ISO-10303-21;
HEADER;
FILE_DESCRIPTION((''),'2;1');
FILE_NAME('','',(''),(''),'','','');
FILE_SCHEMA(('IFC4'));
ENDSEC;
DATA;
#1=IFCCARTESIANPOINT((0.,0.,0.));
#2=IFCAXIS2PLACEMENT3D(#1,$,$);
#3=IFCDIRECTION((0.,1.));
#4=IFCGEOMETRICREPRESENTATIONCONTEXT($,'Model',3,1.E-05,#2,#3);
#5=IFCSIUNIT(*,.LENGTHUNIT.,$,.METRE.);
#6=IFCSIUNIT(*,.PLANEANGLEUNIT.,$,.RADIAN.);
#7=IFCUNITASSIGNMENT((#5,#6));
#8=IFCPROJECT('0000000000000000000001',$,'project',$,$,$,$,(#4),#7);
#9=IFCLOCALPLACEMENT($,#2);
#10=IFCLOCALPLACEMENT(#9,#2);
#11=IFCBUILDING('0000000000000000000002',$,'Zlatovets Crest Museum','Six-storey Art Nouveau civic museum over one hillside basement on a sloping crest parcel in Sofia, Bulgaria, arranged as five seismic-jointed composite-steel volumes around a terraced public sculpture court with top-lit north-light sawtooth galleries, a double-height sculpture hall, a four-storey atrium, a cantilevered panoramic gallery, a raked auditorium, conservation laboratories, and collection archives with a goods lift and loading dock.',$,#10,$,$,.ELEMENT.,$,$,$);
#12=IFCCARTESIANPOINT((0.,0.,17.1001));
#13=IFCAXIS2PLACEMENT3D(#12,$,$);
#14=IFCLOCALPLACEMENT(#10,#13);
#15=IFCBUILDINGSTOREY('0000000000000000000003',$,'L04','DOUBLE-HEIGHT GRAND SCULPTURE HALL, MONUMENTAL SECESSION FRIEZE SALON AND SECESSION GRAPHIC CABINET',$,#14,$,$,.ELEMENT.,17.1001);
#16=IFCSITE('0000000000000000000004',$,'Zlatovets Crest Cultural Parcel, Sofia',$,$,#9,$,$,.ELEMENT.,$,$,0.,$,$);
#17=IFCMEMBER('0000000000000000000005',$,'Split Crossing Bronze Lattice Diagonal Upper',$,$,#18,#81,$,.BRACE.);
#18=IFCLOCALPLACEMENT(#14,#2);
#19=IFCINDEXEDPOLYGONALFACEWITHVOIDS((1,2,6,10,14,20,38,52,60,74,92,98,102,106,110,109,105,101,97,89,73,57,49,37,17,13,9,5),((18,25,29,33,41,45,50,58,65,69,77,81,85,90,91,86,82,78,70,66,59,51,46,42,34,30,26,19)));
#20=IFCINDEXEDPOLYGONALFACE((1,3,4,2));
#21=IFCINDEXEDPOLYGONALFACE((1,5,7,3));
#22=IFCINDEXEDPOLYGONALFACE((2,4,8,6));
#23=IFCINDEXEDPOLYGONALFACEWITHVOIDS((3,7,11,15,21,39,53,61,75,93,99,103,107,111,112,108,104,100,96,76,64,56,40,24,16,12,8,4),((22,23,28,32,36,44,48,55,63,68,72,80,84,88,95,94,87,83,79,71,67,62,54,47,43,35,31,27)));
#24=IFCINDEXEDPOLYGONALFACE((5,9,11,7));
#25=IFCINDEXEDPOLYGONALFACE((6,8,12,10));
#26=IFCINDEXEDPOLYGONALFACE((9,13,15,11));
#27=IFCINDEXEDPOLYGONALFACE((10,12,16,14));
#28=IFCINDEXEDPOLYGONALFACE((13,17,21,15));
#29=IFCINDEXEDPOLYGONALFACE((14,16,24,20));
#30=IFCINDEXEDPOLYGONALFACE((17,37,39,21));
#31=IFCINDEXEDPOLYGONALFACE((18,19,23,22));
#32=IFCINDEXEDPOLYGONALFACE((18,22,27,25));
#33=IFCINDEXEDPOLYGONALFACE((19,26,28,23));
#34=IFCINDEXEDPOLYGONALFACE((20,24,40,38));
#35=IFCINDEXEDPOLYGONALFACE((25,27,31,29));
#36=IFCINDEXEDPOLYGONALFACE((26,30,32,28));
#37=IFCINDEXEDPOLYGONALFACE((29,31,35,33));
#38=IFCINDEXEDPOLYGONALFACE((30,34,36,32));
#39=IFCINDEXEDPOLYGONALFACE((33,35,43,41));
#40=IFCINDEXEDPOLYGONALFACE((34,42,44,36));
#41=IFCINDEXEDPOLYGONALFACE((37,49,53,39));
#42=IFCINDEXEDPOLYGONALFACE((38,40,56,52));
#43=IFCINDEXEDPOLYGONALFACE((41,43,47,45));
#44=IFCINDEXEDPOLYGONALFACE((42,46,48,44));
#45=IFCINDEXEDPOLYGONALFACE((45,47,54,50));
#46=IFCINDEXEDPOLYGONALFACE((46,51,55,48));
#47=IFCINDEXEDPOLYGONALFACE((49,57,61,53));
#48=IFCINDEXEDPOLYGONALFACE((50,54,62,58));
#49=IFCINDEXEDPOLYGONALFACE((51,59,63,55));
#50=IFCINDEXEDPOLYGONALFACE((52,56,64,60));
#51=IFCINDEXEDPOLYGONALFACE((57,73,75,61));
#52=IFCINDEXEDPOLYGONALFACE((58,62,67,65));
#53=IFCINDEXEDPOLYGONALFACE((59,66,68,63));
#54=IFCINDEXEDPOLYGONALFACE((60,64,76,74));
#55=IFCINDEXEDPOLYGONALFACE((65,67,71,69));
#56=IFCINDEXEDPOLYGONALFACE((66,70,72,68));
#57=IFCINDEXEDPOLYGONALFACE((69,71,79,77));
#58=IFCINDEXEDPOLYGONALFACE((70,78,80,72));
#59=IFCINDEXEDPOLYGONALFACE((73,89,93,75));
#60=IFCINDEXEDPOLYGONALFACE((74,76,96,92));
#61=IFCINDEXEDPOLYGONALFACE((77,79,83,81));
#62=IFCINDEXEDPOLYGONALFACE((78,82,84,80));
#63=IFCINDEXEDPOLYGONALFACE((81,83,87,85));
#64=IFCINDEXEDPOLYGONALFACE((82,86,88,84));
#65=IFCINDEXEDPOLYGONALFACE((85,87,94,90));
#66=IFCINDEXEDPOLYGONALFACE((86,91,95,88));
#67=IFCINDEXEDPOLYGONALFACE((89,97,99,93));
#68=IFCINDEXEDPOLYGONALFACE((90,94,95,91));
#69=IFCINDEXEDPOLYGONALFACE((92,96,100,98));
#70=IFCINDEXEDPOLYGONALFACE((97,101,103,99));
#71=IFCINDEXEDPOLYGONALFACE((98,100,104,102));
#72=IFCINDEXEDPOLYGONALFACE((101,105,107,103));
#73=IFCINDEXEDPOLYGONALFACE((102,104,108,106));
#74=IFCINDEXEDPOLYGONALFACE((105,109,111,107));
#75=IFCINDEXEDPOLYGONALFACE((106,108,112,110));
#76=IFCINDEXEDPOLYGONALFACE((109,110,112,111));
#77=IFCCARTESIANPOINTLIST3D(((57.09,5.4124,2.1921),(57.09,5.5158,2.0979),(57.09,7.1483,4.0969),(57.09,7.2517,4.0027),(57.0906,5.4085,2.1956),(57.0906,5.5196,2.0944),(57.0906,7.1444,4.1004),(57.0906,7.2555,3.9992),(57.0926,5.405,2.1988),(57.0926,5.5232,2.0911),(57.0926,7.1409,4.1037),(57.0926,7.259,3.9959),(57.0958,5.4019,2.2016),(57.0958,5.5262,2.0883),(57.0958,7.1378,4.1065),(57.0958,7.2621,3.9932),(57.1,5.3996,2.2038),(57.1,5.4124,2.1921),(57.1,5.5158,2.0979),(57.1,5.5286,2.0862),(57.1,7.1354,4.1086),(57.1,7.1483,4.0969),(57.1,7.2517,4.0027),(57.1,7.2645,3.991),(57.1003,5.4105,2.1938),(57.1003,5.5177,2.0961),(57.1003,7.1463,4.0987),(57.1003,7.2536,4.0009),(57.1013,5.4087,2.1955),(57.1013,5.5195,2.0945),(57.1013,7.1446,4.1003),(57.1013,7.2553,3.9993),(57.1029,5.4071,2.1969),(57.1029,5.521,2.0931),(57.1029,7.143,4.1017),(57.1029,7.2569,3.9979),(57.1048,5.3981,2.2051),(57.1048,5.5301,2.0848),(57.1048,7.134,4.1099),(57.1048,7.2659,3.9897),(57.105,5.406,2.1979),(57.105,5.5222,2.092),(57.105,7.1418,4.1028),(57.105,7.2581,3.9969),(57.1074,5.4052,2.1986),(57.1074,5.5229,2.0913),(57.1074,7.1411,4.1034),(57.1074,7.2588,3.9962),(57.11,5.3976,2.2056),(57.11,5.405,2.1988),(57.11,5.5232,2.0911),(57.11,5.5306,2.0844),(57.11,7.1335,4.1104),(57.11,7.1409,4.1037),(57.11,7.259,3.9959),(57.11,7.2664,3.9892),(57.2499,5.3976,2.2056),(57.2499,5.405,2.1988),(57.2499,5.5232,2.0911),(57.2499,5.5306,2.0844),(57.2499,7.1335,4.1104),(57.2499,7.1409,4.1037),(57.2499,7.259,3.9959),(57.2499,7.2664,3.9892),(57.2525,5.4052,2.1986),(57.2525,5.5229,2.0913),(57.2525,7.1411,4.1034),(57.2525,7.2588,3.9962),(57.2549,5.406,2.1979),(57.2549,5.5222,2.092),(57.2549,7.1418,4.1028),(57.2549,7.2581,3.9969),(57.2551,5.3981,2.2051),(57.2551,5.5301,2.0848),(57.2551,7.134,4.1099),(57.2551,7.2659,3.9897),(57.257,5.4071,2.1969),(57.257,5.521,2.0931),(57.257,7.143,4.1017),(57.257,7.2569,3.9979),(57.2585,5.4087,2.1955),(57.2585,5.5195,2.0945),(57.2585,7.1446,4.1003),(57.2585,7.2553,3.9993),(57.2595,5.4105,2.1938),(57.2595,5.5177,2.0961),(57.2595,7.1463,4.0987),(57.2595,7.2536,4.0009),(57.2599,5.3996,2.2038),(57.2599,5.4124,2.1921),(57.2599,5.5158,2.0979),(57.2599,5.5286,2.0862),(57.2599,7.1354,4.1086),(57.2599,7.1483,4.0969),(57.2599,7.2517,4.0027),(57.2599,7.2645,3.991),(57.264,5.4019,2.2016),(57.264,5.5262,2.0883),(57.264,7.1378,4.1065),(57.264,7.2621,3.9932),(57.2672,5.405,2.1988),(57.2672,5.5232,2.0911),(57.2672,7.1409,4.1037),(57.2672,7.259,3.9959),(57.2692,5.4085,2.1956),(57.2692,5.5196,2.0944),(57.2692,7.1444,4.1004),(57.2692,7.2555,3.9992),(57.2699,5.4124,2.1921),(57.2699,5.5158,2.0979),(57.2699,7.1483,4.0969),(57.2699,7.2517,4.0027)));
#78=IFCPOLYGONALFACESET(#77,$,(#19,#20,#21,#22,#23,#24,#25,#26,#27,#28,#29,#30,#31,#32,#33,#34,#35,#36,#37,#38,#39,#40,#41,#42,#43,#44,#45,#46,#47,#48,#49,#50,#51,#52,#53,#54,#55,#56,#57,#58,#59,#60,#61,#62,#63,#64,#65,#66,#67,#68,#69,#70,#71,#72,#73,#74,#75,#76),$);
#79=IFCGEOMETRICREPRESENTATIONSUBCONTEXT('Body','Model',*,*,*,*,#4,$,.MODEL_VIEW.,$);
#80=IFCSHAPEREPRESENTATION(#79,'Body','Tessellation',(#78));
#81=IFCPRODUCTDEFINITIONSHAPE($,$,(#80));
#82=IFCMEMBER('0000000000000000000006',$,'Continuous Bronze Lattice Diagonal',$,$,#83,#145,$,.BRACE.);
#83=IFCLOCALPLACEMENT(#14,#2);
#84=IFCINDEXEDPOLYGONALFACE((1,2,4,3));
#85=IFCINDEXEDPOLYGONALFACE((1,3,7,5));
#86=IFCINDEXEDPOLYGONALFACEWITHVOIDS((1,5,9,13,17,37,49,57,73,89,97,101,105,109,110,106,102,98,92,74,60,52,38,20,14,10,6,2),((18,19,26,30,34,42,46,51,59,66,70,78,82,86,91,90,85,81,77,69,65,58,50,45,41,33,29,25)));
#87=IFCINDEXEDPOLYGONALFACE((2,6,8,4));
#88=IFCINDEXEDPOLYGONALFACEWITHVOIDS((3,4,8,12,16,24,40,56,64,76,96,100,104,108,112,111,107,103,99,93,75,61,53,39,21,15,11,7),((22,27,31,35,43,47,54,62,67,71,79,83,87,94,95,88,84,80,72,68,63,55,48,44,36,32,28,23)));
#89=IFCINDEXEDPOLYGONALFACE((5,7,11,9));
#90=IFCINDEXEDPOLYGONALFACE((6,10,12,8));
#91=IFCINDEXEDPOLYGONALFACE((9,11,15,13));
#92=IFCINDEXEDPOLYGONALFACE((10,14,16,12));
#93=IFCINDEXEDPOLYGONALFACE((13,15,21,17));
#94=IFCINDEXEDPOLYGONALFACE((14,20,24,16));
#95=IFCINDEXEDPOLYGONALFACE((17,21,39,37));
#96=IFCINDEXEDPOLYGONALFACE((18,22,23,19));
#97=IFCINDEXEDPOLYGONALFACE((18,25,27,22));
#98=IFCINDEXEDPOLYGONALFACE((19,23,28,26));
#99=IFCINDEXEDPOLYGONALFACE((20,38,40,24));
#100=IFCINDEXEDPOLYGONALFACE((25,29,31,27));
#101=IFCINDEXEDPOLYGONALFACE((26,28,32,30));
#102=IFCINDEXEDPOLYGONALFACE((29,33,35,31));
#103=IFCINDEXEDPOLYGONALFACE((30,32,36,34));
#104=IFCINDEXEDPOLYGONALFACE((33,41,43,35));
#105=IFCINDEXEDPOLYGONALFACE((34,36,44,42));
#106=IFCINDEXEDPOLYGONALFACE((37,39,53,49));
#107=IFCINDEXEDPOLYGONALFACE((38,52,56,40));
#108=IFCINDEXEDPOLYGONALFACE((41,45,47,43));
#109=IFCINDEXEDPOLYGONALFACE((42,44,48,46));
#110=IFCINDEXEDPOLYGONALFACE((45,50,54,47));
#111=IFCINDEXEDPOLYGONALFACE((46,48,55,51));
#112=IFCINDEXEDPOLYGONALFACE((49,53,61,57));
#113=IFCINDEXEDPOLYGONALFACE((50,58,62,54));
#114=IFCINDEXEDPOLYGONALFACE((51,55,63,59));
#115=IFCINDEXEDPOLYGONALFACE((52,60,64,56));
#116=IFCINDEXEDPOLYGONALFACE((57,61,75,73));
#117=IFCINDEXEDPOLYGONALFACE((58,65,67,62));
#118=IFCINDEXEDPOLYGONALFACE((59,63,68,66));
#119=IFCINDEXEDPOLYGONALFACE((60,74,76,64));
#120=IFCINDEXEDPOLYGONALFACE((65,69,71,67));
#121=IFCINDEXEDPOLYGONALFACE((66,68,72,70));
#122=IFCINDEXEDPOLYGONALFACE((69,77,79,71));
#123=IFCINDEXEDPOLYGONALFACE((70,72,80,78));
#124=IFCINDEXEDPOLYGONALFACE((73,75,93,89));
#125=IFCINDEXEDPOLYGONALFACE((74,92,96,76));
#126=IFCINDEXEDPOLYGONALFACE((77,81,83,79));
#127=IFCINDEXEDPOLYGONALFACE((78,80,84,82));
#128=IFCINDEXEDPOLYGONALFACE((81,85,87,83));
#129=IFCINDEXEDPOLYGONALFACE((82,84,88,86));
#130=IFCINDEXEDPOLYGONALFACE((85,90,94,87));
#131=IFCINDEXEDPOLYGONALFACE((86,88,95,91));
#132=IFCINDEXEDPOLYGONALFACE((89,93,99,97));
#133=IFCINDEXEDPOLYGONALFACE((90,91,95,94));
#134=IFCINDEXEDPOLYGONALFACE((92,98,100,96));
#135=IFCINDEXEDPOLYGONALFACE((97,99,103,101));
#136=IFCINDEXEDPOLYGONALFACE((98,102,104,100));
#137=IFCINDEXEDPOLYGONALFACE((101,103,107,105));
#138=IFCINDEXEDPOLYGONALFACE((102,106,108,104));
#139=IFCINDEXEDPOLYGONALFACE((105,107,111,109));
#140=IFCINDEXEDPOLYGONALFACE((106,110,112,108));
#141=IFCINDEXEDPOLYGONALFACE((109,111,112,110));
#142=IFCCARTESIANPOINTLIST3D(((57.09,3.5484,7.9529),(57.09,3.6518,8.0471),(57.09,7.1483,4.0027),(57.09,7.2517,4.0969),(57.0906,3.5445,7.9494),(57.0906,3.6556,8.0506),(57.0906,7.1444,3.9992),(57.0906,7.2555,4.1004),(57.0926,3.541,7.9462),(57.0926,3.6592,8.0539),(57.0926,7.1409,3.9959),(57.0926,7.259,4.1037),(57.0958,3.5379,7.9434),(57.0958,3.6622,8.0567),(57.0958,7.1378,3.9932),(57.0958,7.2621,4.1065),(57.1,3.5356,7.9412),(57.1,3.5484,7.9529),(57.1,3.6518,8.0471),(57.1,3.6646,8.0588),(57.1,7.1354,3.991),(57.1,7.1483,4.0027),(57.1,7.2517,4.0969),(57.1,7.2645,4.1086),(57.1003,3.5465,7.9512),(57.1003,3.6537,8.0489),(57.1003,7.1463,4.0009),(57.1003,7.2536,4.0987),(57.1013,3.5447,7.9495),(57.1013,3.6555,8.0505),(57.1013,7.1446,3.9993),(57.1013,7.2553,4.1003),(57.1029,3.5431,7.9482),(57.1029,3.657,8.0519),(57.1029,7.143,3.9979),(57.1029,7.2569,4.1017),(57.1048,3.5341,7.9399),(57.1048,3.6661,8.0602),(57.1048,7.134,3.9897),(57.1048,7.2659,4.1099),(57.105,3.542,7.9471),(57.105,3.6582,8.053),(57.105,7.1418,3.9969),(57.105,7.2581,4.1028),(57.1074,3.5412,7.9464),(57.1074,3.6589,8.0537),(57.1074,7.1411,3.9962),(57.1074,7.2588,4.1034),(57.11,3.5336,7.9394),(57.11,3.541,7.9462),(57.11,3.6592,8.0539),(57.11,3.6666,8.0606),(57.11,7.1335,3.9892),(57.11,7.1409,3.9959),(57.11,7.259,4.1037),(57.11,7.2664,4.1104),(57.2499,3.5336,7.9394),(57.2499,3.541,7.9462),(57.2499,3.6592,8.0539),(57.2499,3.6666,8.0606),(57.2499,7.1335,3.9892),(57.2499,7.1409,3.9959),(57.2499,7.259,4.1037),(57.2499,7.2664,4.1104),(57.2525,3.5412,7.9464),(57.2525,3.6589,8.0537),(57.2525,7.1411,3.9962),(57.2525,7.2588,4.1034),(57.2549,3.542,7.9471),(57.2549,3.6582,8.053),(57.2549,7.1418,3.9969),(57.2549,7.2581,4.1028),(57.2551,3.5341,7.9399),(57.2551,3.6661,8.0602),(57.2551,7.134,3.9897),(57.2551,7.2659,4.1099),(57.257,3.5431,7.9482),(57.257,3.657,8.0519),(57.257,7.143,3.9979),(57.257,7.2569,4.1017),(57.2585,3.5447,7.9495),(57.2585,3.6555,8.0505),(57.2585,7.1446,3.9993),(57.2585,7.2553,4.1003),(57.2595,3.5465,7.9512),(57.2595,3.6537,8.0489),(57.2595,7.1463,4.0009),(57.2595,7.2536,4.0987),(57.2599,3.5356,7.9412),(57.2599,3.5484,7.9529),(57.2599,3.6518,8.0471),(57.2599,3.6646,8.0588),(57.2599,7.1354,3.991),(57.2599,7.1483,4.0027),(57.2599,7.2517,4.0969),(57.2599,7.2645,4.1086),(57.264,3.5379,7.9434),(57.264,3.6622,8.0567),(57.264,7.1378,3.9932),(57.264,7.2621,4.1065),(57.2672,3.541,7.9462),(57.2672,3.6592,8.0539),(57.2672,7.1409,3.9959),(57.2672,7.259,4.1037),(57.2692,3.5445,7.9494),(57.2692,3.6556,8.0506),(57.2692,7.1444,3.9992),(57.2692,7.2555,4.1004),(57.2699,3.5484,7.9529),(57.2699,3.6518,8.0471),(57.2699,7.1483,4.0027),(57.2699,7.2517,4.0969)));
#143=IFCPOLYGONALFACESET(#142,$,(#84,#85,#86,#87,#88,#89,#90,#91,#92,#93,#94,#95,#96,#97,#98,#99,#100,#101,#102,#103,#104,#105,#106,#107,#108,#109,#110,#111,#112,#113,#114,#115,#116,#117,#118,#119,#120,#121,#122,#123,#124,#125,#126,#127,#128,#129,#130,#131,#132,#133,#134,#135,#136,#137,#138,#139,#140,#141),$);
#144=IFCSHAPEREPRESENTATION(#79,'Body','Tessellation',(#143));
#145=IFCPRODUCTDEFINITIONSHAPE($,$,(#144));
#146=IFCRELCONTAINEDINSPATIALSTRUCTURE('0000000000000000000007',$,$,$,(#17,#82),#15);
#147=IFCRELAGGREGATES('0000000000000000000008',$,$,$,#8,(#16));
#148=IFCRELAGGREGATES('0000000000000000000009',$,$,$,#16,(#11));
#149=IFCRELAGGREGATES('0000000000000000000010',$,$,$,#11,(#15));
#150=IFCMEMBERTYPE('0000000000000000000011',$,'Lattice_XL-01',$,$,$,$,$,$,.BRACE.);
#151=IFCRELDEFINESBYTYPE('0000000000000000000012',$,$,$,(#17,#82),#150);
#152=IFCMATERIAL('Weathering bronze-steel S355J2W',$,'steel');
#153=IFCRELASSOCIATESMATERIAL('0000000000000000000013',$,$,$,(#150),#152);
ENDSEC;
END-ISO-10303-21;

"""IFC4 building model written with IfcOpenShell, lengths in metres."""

from ifc_helpers import new_model, si_unit, direction, frame, origin, origin_2d, place, context, subcontext, project, spatial, hollow_rectangle, extrude, material, material_profile, profile_set, type_object, element, save


model = new_model("IFC4")

# Units and contexts
model_context = context("Model", 3, precision=1e-05, world=origin(), true_north=direction((0.0, 1.0)))
body_context = subcontext(model_context, "Body", "Model", "MODEL_VIEW")
ifc_project = project(units=[si_unit("LENGTHUNIT", "METRE"), si_unit("PLANEANGLEUNIT", "RADIAN")], contexts=[model_context])

# Site, building, storey
site_placement = place(None, origin())
site = spatial("IfcSite", under=ifc_project, at=site_placement, Name="Zlatovets Crest Cultural Parcel, Sofia", CompositionType="ELEMENT", RefElevation=0.0)
building_placement = place(site_placement, origin())
building = spatial("IfcBuilding", under=site, at=building_placement, Name="Zlatovets Crest Museum", Description="Six-storey Art Nouveau civic museum over one hillside basement on a sloping crest parcel in Sofia, Bulgaria, arranged as five seismic-jointed composite-steel volumes around a terraced public sculpture court with top-lit north-light sawtooth galleries, a double-height sculpture hall, a four-storey atrium, a cantilevered panoramic gallery, a raked auditorium, conservation laboratories, and collection archives with a goods lift and loading dock.", CompositionType="ELEMENT")
storey_placement = place(building_placement, frame((0.0, 0.0, 17.1001)))
storey = spatial("IfcBuildingStorey", under=building, at=storey_placement, Name="L04", Description="DOUBLE-HEIGHT GRAND SCULPTURE HALL, MONUMENTAL SECESSION FRIEZE SALON AND SECESSION GRAPHIC CABINET", CompositionType="ELEMENT", Elevation=17.1001)

# Members
ifc_material_1 = material(Name="Weathering bronze-steel S355J2W", Category="steel")
ifc_material_profile_1 = material_profile(ifc_material_1, hollow_rectangle(XDim=0.1799, YDim=0.1799, WallThickness=0.01, InnerFilletRadius=0.01, OuterFilletRadius=0.02, at=origin_2d()), Name="SHS 180x180x10.0")
ifc_profile_set_1 = profile_set([ifc_material_profile_1], Name="Weathering bronze-steel S355J2W")
member_type_1 = type_object("IfcMemberType", Name="Lattice_XL-01", PredefinedType="BRACE", material=ifc_profile_set_1)
member_1_placement = place(storey_placement, frame((57.1799, 7.2, 4.0498), z_axis=(0.0, -0.673568, -0.739125), x_axis=(1.0, 0.0, 0.0)))
element("IfcMember", 1, at=member_1_placement, inside=storey, type_object=member_type_1, Name="Split Crossing Bronze Lattice Diagonal Upper", PredefinedType="BRACE", context=body_context, shape_type="SweptSolid", body=[
    extrude(hollow_rectangle(XDim=0.1799, YDim=0.1799, WallThickness=0.01, InnerFilletRadius=0.01, OuterFilletRadius=0.02, at=origin_2d()), origin(), (0.0, 0.0, 1.0), 2.5771),
])
member_2_placement = place(storey_placement, frame((57.1799, 7.2, 4.0498), z_axis=(0.0, -0.67357, 0.739123), x_axis=(1.0, 0.0, 0.0)))
element("IfcMember", 2, at=member_2_placement, inside=storey, type_object=member_type_1, Name="Continuous Bronze Lattice Diagonal", PredefinedType="BRACE", context=body_context, shape_type="SweptSolid", body=[
    extrude(hollow_rectangle(XDim=0.1799, YDim=0.1799, WallThickness=0.01, InnerFilletRadius=0.01, OuterFilletRadius=0.02, at=origin_2d()), origin(), (0.0, 0.0, 1.0), 5.3445),
])

save(model, "model.ifc")
